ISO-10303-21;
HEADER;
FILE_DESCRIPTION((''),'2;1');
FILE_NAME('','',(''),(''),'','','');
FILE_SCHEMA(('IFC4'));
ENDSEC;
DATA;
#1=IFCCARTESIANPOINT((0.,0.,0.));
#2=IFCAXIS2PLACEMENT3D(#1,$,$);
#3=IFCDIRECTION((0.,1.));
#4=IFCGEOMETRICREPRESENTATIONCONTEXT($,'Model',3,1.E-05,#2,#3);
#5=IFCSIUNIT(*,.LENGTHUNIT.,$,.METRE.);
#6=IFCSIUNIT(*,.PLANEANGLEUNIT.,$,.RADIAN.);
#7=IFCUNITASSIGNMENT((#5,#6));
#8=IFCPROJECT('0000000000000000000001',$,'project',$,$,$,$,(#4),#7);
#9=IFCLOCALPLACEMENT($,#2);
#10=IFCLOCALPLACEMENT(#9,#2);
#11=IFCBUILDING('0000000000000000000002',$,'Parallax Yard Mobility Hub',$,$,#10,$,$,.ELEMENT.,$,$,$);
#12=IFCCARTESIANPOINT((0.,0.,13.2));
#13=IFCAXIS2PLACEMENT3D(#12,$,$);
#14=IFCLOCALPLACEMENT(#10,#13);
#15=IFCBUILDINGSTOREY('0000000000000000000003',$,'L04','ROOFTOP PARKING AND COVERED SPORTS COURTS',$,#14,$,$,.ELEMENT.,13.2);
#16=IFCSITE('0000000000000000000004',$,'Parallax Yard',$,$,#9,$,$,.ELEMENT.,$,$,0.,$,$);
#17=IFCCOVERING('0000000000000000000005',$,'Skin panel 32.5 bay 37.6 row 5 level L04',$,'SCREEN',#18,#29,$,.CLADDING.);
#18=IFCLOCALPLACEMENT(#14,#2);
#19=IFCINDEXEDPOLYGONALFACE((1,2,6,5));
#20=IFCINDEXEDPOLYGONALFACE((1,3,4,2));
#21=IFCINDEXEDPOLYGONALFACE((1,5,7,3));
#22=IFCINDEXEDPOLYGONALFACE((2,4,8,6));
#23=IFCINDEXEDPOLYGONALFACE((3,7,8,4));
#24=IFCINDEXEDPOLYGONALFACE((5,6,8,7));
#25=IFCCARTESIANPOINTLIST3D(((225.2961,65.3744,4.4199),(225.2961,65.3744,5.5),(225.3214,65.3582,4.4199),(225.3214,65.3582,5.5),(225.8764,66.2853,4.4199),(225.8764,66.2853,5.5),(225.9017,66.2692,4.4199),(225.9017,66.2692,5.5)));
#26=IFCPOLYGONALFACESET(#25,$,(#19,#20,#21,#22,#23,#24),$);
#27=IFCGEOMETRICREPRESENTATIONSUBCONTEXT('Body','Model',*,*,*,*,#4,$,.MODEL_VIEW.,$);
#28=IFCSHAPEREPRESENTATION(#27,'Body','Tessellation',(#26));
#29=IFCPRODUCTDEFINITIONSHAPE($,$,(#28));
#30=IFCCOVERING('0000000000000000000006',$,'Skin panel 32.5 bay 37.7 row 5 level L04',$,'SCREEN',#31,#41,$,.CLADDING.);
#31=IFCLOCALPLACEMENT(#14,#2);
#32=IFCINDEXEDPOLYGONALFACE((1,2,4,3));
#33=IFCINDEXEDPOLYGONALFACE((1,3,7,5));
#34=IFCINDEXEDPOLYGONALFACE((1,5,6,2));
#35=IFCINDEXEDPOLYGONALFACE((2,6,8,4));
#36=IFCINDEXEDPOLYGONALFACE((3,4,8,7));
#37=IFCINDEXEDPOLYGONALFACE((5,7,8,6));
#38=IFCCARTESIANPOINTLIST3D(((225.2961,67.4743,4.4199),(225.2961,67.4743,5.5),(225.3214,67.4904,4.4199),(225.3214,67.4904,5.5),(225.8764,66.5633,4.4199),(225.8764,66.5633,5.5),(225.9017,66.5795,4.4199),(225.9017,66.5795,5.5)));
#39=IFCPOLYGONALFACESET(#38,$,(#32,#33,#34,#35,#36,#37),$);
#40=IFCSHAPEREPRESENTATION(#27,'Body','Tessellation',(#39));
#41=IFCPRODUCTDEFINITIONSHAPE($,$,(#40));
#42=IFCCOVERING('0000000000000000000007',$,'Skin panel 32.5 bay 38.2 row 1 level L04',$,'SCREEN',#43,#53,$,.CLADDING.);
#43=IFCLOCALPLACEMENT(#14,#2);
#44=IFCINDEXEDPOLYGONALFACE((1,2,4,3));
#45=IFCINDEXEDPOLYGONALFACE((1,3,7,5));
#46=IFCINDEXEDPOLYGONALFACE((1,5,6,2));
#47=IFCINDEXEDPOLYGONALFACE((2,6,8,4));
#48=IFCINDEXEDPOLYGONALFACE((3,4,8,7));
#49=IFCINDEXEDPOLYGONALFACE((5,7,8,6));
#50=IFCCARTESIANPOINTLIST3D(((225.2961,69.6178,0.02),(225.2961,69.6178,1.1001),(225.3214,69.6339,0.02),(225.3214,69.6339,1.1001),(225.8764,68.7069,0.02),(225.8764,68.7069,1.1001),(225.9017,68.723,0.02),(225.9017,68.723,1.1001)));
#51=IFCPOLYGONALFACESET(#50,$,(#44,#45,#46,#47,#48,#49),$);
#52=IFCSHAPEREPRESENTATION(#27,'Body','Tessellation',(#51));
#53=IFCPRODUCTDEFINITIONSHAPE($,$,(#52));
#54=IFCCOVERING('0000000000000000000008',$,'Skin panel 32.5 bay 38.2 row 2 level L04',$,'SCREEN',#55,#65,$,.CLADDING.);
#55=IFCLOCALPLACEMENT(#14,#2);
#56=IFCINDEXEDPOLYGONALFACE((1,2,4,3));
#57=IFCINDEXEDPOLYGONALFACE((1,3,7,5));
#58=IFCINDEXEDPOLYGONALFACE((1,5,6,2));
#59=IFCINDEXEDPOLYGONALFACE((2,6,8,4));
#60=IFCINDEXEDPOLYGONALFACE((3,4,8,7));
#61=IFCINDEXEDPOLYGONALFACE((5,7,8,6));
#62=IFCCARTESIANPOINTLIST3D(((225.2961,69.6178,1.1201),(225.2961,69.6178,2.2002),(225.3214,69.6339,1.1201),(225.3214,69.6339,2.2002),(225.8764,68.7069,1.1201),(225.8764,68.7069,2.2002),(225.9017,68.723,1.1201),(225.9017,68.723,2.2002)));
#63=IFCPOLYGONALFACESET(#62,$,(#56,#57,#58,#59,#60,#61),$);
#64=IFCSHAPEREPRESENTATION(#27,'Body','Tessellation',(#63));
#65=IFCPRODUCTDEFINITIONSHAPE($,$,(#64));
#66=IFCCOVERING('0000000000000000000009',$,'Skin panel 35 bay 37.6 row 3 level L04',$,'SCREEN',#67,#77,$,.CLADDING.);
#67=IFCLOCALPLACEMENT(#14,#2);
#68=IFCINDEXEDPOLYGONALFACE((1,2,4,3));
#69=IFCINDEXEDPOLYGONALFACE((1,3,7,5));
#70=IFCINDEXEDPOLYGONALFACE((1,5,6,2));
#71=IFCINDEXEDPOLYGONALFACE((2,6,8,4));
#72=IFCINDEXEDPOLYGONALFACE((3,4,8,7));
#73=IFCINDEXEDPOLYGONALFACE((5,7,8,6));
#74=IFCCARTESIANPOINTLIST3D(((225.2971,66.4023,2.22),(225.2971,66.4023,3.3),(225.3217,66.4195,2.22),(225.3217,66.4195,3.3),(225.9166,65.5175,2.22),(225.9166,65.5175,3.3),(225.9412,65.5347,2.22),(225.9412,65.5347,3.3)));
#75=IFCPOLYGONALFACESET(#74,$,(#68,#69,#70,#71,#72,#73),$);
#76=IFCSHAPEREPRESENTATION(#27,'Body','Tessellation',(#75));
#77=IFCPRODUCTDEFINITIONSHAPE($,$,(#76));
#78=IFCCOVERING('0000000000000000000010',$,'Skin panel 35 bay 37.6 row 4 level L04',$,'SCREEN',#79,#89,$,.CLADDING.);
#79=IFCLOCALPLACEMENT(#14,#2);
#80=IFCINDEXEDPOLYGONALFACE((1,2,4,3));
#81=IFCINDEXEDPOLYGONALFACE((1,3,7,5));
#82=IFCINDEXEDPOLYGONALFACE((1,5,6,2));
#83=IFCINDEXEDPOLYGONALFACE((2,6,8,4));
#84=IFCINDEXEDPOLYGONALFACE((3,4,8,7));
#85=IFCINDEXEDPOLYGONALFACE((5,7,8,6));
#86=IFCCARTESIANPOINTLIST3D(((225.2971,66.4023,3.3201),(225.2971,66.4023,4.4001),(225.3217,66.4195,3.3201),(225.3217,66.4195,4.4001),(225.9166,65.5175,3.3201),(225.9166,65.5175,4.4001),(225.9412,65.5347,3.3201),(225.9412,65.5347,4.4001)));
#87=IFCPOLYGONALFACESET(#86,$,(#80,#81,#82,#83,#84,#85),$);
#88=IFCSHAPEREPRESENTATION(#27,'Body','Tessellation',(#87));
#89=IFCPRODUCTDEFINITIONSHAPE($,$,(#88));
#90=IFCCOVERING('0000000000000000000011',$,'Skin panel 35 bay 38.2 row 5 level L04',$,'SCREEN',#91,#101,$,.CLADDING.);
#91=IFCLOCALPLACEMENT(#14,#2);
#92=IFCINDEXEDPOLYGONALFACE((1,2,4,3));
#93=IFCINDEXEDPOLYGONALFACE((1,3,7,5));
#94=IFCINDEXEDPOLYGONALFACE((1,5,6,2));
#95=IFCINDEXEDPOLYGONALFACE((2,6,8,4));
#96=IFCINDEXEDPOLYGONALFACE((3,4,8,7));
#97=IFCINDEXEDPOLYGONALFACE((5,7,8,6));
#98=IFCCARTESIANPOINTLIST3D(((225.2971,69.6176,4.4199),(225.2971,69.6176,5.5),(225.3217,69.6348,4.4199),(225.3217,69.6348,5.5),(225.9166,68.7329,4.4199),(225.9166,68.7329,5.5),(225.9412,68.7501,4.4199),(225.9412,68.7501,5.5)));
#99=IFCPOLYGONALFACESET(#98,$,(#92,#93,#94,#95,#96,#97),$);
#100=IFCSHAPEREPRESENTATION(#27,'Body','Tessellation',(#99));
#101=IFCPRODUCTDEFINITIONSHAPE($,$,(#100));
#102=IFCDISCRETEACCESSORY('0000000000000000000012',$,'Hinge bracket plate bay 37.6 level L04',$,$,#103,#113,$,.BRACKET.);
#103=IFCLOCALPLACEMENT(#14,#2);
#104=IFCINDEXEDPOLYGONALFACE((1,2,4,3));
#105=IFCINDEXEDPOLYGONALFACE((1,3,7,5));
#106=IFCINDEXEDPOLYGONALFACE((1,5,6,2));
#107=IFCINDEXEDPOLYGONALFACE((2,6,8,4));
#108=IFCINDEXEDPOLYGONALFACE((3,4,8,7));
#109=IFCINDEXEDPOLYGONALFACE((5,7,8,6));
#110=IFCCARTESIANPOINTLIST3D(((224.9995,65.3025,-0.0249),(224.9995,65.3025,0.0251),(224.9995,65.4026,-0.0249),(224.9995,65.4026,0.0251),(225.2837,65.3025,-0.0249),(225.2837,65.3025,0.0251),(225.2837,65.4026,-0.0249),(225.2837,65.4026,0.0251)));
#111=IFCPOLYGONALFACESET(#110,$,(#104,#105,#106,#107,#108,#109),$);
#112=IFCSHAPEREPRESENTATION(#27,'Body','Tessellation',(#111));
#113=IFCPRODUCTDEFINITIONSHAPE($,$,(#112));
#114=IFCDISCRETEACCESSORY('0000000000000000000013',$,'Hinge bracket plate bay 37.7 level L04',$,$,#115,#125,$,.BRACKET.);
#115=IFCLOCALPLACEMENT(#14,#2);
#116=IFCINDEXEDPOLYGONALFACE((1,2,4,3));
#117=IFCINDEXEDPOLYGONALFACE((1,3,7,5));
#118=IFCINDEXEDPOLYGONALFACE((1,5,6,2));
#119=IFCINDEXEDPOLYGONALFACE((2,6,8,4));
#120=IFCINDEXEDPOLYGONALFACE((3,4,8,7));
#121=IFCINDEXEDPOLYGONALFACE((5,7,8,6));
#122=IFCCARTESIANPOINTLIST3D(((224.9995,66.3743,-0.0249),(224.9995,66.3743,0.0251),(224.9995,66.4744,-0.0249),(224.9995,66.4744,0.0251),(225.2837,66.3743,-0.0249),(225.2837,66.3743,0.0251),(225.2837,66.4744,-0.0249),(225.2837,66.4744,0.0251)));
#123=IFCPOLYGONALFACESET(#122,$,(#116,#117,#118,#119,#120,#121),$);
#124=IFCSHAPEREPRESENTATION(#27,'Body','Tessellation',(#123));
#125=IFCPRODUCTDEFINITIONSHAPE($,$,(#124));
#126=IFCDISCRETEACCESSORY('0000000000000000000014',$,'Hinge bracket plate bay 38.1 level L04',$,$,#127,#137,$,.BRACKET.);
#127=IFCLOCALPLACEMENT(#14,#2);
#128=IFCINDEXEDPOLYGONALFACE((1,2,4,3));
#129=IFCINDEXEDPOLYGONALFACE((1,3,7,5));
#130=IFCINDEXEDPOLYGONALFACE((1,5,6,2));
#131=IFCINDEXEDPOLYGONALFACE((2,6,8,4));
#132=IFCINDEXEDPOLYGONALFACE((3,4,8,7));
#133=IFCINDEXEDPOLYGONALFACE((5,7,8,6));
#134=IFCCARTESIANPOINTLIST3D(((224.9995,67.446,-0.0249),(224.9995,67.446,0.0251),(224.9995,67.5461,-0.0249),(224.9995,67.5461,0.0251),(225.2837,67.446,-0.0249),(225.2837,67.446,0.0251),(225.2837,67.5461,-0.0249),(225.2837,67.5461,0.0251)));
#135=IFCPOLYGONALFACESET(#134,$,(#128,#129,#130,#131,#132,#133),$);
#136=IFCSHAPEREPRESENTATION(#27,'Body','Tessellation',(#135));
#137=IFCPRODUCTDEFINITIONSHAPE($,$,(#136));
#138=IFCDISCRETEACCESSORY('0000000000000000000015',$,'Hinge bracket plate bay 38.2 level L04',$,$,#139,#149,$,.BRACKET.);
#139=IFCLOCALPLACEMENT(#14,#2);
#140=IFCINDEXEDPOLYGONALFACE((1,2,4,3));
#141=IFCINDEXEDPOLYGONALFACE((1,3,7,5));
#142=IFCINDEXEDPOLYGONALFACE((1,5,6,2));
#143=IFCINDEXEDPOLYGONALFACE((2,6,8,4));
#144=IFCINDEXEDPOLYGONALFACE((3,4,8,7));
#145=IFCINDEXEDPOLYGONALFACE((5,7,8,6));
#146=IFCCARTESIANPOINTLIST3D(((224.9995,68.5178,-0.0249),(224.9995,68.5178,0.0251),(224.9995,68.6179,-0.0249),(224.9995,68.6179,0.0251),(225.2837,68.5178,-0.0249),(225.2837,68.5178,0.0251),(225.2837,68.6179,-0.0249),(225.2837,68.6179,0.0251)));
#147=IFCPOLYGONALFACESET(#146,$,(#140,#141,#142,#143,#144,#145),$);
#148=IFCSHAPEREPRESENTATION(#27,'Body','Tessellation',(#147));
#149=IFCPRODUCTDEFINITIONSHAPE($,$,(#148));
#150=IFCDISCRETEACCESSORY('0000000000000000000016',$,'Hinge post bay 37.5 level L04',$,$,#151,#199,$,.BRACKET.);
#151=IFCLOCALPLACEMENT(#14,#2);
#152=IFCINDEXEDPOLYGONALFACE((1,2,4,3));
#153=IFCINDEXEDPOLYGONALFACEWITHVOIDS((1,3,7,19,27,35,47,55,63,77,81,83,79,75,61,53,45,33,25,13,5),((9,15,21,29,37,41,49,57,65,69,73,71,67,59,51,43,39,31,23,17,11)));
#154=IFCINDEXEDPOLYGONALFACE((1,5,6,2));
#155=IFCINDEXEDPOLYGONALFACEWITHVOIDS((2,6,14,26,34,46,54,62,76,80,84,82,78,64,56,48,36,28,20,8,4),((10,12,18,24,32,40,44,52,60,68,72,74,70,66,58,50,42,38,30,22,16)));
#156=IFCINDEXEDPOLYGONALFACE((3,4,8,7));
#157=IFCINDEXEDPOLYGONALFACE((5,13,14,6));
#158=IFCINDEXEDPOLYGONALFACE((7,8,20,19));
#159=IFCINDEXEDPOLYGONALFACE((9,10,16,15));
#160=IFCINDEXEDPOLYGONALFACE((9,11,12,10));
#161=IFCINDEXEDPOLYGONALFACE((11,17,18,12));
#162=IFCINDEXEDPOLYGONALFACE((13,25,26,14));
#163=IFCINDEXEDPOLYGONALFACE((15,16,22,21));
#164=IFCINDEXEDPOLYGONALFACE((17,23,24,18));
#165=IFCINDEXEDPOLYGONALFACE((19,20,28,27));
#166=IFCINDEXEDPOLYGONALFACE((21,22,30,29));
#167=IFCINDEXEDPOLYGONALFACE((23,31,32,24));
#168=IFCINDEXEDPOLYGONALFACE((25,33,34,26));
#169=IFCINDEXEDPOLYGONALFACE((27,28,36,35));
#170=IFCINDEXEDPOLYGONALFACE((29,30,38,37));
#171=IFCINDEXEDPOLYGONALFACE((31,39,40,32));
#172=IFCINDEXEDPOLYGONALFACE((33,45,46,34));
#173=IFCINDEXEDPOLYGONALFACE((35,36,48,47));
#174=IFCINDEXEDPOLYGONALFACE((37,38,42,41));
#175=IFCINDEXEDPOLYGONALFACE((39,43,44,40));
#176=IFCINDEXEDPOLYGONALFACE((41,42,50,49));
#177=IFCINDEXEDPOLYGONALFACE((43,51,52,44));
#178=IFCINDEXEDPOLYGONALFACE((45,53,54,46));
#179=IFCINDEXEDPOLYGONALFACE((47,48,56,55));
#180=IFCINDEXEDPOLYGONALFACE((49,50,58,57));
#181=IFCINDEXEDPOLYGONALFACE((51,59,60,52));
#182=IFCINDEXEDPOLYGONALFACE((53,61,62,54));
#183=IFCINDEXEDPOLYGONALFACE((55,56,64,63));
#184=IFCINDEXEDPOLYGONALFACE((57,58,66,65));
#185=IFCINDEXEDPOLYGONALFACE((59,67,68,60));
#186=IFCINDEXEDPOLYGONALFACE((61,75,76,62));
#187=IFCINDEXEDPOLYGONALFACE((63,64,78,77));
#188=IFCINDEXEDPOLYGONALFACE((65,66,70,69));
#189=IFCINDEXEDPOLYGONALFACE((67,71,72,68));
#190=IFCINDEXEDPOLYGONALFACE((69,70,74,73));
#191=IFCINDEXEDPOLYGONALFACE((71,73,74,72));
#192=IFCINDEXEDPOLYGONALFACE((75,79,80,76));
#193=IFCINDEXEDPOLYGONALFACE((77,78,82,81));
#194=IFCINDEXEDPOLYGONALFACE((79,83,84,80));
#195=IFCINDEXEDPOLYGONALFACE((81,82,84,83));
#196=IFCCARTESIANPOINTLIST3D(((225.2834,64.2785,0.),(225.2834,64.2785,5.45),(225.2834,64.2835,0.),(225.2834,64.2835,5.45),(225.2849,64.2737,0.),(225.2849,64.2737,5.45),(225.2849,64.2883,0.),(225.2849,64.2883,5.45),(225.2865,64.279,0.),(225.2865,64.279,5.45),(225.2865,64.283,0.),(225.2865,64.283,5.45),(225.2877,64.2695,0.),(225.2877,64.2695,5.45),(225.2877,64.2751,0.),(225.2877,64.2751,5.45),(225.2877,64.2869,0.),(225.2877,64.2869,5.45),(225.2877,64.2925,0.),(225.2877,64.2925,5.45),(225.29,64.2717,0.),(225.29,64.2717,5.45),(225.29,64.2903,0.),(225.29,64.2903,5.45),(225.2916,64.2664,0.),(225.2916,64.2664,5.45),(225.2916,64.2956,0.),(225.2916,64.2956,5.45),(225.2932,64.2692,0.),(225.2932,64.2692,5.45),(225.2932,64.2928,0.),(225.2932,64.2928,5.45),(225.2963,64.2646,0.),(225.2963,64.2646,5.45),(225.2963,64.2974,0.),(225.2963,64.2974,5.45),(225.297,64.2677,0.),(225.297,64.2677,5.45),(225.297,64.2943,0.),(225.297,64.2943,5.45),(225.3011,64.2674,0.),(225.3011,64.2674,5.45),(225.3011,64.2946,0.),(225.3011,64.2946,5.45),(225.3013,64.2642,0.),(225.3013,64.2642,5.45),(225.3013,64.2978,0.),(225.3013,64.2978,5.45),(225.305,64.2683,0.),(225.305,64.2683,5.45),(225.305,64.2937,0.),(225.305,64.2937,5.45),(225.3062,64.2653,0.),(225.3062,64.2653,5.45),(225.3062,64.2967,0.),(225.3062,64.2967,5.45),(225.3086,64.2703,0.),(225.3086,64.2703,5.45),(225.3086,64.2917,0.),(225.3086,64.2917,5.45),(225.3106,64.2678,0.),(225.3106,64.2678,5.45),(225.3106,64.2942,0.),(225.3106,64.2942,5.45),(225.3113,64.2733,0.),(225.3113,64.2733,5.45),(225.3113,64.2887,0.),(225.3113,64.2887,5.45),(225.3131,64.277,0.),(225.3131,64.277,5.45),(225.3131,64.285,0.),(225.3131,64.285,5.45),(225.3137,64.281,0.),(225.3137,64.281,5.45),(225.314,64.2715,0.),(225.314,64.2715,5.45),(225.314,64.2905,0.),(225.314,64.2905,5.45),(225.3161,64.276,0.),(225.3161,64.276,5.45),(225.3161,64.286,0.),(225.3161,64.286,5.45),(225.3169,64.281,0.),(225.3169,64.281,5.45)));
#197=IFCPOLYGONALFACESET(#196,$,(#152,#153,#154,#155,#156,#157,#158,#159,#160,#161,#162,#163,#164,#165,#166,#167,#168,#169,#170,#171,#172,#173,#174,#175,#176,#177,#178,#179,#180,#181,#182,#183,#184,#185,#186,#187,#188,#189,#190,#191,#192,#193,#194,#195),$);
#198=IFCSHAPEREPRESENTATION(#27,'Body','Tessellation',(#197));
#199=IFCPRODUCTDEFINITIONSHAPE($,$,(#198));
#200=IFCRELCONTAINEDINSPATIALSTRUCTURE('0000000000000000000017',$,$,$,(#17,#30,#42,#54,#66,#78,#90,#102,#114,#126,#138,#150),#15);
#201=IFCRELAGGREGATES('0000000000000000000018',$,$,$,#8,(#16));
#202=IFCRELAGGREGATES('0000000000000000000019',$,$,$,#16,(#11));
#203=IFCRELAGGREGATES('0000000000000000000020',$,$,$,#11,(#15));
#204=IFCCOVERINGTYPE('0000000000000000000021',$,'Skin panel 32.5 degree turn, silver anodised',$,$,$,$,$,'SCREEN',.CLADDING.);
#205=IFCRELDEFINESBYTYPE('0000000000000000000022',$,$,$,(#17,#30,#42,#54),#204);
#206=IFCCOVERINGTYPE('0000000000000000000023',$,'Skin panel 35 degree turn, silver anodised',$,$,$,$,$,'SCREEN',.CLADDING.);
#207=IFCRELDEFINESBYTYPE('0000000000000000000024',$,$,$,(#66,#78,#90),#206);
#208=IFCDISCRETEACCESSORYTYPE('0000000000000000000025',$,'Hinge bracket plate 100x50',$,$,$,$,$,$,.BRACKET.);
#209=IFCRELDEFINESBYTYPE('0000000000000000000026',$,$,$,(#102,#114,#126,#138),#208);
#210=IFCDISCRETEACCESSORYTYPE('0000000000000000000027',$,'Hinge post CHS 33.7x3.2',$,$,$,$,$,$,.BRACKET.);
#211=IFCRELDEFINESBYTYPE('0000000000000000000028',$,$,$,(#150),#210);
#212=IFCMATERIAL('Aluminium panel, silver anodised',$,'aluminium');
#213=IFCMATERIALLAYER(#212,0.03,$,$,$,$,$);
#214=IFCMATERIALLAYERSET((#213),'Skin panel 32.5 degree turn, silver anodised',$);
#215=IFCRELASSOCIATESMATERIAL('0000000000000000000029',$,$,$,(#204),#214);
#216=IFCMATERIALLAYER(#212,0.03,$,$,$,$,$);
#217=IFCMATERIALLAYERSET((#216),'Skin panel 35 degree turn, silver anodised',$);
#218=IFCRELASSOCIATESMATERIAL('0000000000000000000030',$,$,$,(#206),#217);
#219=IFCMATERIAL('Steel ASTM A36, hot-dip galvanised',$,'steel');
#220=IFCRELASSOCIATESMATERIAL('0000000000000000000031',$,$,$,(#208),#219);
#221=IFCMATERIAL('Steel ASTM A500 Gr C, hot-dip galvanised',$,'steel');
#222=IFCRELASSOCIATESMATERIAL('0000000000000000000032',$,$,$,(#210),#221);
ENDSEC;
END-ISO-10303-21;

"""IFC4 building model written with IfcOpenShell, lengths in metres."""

from ifc_helpers import new_model, si_unit, direction, frame, origin, origin_2d, place, context, subcontext, project, spatial, rectangle, hollow_circle, extrude, material, layer, layer_set, material_profile, profile_set, type_object, element, save


model = new_model("IFC4")

# Units and contexts
model_context = context("Model", 3, precision=1e-05, world=origin(), true_north=direction((0.0, 1.0)))
body_context = subcontext(model_context, "Body", "Model", "MODEL_VIEW")
ifc_project = project(units=[si_unit("LENGTHUNIT", "METRE"), si_unit("PLANEANGLEUNIT", "RADIAN")], contexts=[model_context])

# Site, building, storey
site_placement = place(None, origin())
site = spatial("IfcSite", under=ifc_project, at=site_placement, Name="Parallax Yard", CompositionType="ELEMENT", RefElevation=0.0)
building_placement = place(site_placement, origin())
building = spatial("IfcBuilding", under=site, at=building_placement, Name="Parallax Yard Mobility Hub", CompositionType="ELEMENT")
storey_placement = place(building_placement, frame((0.0, 0.0, 13.2)))
storey = spatial("IfcBuildingStorey", under=building, at=storey_placement, Name="L04", Description="ROOFTOP PARKING AND COVERED SPORTS COURTS", CompositionType="ELEMENT", Elevation=13.2)

# Coverings
ifc_material_1 = material(Name="Aluminium panel, silver anodised", Category="aluminium")
ifc_layer_1 = layer(ifc_material_1, 0.03)
ifc_layer_set_1 = layer_set([ifc_layer_1], Name="Skin panel 32.5 degree turn, silver anodised")
covering_type_1 = type_object("IfcCoveringType", Name="Skin panel 32.5 degree turn, silver anodised", ElementType="SCREEN", PredefinedType="CLADDING", material=ifc_layer_set_1)
for number, where, z_axis, x_axis, name in (
    (1, (225.5989, 65.8218, 4.4199), (0.0, 0.0, 1.0), (0.5373, 0.843391, 0.0), "Skin panel 32.5 bay 37.6 row 5 level L04"),
    (2, (225.5989, 67.0269, 4.4199), (0.0, 0.0, 1.0), (0.5373, -0.843391, 0.0), "Skin panel 32.5 bay 37.7 row 5 level L04"),
    (3, (225.5989, 69.1704, 0.02), (0.0, 0.0, 1.0), (0.5373, -0.843391, 0.0), "Skin panel 32.5 bay 38.2 row 1 level L04"),
    (4, (225.5989, 69.1704, 1.1201), (0.0, 0.0, 1.0), (0.5373, -0.843391, 0.0), "Skin panel 32.5 bay 38.2 row 2 level L04"),
):
    element("IfcCovering", number, at=place(storey_placement, frame(where, z_axis=z_axis, x_axis=x_axis)), inside=storey, type_object=covering_type_1, Name=name, ObjectType="SCREEN", PredefinedType="CLADDING", context=body_context, shape_type="SweptSolid", body=[
        extrude(rectangle(XDim=1.0801, YDim=0.03, at=origin_2d()), origin(), (0.0, 0.0, 1.0), 1.0801),
    ])
ifc_layer_2 = layer(ifc_material_1, 0.03)
ifc_layer_set_2 = layer_set([ifc_layer_2], Name="Skin panel 35 degree turn, silver anodised")
covering_type_2 = type_object("IfcCoveringType", Name="Skin panel 35 degree turn, silver anodised", ElementType="SCREEN", PredefinedType="CLADDING", material=ifc_layer_set_2)
for number, where, z_axis, x_axis, name in (
    (5, (225.6191, 65.9685, 2.22), (0.0, 0.0, 1.0), (0.573576, -0.819152, 0.0), "Skin panel 35 bay 37.6 row 3 level L04"),
    (6, (225.6191, 65.9685, 3.3201), (0.0, 0.0, 1.0), (0.573576, -0.819152, 0.0), "Skin panel 35 bay 37.6 row 4 level L04"),
    (7, (225.6191, 69.1838, 4.4199), (0.0, 0.0, 1.0), (0.573576, -0.819152, 0.0), "Skin panel 35 bay 38.2 row 5 level L04"),
):
    element("IfcCovering", number, at=place(storey_placement, frame(where, z_axis=z_axis, x_axis=x_axis)), inside=storey, type_object=covering_type_2, Name=name, ObjectType="SCREEN", PredefinedType="CLADDING", context=body_context, shape_type="SweptSolid", body=[
        extrude(rectangle(XDim=1.0801, YDim=0.03, at=origin_2d()), origin(), (0.0, 0.0, 1.0), 1.0801),
    ])

# Discrete accessories
ifc_material_2 = material(Name="Steel ASTM A36, hot-dip galvanised", Category="steel")
discrete_accessory_type_1 = type_object("IfcDiscreteAccessoryType", Name="Hinge bracket plate 100x50", PredefinedType="BRACKET", material=ifc_material_2)
for number, where, z_axis, x_axis, name in (
    (8, (225.1416, 65.3525, -0.0249), (0.0, 0.0, 1.0), (1.0, 0.0, 0.0), "Hinge bracket plate bay 37.6 level L04"),
    (9, (225.1416, 66.4243, -0.0249), (0.0, 0.0, 1.0), (1.0, 0.0, 0.0), "Hinge bracket plate bay 37.7 level L04"),
    (10, (225.1416, 67.4961, -0.0249), (0.0, 0.0, 1.0), (1.0, 0.0, 0.0), "Hinge bracket plate bay 38.1 level L04"),
    (11, (225.1416, 68.5679, -0.0249), (0.0, 0.0, 1.0), (1.0, 0.0, 0.0), "Hinge bracket plate bay 38.2 level L04"),
):
    element("IfcDiscreteAccessory", number, at=place(storey_placement, frame(where, z_axis=z_axis, x_axis=x_axis)), inside=storey, type_object=discrete_accessory_type_1, Name=name, PredefinedType="BRACKET", context=body_context, shape_type="SweptSolid", body=[
        extrude(rectangle(XDim=0.2842, YDim=0.1001, at=origin_2d()), origin(), (0.0, 0.0, 1.0), 0.05),
    ])
ifc_material_3 = material(Name="Steel ASTM A500 Gr C, hot-dip galvanised", Category="steel")
ifc_material_profile = material_profile(ifc_material_3, hollow_circle(Radius=0.0168, WallThickness=0.0032, at=origin_2d()), Name="CHS 33.7x3.2")
ifc_profile_set = profile_set([ifc_material_profile], Name="Steel ASTM A500 Gr C, hot-dip galvanised")
discrete_accessory_type_2 = type_object("IfcDiscreteAccessoryType", Name="Hinge post CHS 33.7x3.2", PredefinedType="BRACKET", material=ifc_profile_set)
for number, where, z_axis, x_axis, name in (
    (12, (225.3, 64.281, 0.0), (0.0, 0.0, 1.0), (1.0, 0.0, 0.0), "Hinge post bay 37.5 level L04"),
):
    element("IfcDiscreteAccessory", number, at=place(storey_placement, frame(where, z_axis=z_axis, x_axis=x_axis)), inside=storey, type_object=discrete_accessory_type_2, Name=name, PredefinedType="BRACKET", context=body_context, shape_type="SweptSolid", body=[
        extrude(hollow_circle(Radius=0.0168, WallThickness=0.0032, at=origin_2d()), origin(), (0.0, 0.0, 1.0), 5.45),
    ])

save(model, "model.ifc")
